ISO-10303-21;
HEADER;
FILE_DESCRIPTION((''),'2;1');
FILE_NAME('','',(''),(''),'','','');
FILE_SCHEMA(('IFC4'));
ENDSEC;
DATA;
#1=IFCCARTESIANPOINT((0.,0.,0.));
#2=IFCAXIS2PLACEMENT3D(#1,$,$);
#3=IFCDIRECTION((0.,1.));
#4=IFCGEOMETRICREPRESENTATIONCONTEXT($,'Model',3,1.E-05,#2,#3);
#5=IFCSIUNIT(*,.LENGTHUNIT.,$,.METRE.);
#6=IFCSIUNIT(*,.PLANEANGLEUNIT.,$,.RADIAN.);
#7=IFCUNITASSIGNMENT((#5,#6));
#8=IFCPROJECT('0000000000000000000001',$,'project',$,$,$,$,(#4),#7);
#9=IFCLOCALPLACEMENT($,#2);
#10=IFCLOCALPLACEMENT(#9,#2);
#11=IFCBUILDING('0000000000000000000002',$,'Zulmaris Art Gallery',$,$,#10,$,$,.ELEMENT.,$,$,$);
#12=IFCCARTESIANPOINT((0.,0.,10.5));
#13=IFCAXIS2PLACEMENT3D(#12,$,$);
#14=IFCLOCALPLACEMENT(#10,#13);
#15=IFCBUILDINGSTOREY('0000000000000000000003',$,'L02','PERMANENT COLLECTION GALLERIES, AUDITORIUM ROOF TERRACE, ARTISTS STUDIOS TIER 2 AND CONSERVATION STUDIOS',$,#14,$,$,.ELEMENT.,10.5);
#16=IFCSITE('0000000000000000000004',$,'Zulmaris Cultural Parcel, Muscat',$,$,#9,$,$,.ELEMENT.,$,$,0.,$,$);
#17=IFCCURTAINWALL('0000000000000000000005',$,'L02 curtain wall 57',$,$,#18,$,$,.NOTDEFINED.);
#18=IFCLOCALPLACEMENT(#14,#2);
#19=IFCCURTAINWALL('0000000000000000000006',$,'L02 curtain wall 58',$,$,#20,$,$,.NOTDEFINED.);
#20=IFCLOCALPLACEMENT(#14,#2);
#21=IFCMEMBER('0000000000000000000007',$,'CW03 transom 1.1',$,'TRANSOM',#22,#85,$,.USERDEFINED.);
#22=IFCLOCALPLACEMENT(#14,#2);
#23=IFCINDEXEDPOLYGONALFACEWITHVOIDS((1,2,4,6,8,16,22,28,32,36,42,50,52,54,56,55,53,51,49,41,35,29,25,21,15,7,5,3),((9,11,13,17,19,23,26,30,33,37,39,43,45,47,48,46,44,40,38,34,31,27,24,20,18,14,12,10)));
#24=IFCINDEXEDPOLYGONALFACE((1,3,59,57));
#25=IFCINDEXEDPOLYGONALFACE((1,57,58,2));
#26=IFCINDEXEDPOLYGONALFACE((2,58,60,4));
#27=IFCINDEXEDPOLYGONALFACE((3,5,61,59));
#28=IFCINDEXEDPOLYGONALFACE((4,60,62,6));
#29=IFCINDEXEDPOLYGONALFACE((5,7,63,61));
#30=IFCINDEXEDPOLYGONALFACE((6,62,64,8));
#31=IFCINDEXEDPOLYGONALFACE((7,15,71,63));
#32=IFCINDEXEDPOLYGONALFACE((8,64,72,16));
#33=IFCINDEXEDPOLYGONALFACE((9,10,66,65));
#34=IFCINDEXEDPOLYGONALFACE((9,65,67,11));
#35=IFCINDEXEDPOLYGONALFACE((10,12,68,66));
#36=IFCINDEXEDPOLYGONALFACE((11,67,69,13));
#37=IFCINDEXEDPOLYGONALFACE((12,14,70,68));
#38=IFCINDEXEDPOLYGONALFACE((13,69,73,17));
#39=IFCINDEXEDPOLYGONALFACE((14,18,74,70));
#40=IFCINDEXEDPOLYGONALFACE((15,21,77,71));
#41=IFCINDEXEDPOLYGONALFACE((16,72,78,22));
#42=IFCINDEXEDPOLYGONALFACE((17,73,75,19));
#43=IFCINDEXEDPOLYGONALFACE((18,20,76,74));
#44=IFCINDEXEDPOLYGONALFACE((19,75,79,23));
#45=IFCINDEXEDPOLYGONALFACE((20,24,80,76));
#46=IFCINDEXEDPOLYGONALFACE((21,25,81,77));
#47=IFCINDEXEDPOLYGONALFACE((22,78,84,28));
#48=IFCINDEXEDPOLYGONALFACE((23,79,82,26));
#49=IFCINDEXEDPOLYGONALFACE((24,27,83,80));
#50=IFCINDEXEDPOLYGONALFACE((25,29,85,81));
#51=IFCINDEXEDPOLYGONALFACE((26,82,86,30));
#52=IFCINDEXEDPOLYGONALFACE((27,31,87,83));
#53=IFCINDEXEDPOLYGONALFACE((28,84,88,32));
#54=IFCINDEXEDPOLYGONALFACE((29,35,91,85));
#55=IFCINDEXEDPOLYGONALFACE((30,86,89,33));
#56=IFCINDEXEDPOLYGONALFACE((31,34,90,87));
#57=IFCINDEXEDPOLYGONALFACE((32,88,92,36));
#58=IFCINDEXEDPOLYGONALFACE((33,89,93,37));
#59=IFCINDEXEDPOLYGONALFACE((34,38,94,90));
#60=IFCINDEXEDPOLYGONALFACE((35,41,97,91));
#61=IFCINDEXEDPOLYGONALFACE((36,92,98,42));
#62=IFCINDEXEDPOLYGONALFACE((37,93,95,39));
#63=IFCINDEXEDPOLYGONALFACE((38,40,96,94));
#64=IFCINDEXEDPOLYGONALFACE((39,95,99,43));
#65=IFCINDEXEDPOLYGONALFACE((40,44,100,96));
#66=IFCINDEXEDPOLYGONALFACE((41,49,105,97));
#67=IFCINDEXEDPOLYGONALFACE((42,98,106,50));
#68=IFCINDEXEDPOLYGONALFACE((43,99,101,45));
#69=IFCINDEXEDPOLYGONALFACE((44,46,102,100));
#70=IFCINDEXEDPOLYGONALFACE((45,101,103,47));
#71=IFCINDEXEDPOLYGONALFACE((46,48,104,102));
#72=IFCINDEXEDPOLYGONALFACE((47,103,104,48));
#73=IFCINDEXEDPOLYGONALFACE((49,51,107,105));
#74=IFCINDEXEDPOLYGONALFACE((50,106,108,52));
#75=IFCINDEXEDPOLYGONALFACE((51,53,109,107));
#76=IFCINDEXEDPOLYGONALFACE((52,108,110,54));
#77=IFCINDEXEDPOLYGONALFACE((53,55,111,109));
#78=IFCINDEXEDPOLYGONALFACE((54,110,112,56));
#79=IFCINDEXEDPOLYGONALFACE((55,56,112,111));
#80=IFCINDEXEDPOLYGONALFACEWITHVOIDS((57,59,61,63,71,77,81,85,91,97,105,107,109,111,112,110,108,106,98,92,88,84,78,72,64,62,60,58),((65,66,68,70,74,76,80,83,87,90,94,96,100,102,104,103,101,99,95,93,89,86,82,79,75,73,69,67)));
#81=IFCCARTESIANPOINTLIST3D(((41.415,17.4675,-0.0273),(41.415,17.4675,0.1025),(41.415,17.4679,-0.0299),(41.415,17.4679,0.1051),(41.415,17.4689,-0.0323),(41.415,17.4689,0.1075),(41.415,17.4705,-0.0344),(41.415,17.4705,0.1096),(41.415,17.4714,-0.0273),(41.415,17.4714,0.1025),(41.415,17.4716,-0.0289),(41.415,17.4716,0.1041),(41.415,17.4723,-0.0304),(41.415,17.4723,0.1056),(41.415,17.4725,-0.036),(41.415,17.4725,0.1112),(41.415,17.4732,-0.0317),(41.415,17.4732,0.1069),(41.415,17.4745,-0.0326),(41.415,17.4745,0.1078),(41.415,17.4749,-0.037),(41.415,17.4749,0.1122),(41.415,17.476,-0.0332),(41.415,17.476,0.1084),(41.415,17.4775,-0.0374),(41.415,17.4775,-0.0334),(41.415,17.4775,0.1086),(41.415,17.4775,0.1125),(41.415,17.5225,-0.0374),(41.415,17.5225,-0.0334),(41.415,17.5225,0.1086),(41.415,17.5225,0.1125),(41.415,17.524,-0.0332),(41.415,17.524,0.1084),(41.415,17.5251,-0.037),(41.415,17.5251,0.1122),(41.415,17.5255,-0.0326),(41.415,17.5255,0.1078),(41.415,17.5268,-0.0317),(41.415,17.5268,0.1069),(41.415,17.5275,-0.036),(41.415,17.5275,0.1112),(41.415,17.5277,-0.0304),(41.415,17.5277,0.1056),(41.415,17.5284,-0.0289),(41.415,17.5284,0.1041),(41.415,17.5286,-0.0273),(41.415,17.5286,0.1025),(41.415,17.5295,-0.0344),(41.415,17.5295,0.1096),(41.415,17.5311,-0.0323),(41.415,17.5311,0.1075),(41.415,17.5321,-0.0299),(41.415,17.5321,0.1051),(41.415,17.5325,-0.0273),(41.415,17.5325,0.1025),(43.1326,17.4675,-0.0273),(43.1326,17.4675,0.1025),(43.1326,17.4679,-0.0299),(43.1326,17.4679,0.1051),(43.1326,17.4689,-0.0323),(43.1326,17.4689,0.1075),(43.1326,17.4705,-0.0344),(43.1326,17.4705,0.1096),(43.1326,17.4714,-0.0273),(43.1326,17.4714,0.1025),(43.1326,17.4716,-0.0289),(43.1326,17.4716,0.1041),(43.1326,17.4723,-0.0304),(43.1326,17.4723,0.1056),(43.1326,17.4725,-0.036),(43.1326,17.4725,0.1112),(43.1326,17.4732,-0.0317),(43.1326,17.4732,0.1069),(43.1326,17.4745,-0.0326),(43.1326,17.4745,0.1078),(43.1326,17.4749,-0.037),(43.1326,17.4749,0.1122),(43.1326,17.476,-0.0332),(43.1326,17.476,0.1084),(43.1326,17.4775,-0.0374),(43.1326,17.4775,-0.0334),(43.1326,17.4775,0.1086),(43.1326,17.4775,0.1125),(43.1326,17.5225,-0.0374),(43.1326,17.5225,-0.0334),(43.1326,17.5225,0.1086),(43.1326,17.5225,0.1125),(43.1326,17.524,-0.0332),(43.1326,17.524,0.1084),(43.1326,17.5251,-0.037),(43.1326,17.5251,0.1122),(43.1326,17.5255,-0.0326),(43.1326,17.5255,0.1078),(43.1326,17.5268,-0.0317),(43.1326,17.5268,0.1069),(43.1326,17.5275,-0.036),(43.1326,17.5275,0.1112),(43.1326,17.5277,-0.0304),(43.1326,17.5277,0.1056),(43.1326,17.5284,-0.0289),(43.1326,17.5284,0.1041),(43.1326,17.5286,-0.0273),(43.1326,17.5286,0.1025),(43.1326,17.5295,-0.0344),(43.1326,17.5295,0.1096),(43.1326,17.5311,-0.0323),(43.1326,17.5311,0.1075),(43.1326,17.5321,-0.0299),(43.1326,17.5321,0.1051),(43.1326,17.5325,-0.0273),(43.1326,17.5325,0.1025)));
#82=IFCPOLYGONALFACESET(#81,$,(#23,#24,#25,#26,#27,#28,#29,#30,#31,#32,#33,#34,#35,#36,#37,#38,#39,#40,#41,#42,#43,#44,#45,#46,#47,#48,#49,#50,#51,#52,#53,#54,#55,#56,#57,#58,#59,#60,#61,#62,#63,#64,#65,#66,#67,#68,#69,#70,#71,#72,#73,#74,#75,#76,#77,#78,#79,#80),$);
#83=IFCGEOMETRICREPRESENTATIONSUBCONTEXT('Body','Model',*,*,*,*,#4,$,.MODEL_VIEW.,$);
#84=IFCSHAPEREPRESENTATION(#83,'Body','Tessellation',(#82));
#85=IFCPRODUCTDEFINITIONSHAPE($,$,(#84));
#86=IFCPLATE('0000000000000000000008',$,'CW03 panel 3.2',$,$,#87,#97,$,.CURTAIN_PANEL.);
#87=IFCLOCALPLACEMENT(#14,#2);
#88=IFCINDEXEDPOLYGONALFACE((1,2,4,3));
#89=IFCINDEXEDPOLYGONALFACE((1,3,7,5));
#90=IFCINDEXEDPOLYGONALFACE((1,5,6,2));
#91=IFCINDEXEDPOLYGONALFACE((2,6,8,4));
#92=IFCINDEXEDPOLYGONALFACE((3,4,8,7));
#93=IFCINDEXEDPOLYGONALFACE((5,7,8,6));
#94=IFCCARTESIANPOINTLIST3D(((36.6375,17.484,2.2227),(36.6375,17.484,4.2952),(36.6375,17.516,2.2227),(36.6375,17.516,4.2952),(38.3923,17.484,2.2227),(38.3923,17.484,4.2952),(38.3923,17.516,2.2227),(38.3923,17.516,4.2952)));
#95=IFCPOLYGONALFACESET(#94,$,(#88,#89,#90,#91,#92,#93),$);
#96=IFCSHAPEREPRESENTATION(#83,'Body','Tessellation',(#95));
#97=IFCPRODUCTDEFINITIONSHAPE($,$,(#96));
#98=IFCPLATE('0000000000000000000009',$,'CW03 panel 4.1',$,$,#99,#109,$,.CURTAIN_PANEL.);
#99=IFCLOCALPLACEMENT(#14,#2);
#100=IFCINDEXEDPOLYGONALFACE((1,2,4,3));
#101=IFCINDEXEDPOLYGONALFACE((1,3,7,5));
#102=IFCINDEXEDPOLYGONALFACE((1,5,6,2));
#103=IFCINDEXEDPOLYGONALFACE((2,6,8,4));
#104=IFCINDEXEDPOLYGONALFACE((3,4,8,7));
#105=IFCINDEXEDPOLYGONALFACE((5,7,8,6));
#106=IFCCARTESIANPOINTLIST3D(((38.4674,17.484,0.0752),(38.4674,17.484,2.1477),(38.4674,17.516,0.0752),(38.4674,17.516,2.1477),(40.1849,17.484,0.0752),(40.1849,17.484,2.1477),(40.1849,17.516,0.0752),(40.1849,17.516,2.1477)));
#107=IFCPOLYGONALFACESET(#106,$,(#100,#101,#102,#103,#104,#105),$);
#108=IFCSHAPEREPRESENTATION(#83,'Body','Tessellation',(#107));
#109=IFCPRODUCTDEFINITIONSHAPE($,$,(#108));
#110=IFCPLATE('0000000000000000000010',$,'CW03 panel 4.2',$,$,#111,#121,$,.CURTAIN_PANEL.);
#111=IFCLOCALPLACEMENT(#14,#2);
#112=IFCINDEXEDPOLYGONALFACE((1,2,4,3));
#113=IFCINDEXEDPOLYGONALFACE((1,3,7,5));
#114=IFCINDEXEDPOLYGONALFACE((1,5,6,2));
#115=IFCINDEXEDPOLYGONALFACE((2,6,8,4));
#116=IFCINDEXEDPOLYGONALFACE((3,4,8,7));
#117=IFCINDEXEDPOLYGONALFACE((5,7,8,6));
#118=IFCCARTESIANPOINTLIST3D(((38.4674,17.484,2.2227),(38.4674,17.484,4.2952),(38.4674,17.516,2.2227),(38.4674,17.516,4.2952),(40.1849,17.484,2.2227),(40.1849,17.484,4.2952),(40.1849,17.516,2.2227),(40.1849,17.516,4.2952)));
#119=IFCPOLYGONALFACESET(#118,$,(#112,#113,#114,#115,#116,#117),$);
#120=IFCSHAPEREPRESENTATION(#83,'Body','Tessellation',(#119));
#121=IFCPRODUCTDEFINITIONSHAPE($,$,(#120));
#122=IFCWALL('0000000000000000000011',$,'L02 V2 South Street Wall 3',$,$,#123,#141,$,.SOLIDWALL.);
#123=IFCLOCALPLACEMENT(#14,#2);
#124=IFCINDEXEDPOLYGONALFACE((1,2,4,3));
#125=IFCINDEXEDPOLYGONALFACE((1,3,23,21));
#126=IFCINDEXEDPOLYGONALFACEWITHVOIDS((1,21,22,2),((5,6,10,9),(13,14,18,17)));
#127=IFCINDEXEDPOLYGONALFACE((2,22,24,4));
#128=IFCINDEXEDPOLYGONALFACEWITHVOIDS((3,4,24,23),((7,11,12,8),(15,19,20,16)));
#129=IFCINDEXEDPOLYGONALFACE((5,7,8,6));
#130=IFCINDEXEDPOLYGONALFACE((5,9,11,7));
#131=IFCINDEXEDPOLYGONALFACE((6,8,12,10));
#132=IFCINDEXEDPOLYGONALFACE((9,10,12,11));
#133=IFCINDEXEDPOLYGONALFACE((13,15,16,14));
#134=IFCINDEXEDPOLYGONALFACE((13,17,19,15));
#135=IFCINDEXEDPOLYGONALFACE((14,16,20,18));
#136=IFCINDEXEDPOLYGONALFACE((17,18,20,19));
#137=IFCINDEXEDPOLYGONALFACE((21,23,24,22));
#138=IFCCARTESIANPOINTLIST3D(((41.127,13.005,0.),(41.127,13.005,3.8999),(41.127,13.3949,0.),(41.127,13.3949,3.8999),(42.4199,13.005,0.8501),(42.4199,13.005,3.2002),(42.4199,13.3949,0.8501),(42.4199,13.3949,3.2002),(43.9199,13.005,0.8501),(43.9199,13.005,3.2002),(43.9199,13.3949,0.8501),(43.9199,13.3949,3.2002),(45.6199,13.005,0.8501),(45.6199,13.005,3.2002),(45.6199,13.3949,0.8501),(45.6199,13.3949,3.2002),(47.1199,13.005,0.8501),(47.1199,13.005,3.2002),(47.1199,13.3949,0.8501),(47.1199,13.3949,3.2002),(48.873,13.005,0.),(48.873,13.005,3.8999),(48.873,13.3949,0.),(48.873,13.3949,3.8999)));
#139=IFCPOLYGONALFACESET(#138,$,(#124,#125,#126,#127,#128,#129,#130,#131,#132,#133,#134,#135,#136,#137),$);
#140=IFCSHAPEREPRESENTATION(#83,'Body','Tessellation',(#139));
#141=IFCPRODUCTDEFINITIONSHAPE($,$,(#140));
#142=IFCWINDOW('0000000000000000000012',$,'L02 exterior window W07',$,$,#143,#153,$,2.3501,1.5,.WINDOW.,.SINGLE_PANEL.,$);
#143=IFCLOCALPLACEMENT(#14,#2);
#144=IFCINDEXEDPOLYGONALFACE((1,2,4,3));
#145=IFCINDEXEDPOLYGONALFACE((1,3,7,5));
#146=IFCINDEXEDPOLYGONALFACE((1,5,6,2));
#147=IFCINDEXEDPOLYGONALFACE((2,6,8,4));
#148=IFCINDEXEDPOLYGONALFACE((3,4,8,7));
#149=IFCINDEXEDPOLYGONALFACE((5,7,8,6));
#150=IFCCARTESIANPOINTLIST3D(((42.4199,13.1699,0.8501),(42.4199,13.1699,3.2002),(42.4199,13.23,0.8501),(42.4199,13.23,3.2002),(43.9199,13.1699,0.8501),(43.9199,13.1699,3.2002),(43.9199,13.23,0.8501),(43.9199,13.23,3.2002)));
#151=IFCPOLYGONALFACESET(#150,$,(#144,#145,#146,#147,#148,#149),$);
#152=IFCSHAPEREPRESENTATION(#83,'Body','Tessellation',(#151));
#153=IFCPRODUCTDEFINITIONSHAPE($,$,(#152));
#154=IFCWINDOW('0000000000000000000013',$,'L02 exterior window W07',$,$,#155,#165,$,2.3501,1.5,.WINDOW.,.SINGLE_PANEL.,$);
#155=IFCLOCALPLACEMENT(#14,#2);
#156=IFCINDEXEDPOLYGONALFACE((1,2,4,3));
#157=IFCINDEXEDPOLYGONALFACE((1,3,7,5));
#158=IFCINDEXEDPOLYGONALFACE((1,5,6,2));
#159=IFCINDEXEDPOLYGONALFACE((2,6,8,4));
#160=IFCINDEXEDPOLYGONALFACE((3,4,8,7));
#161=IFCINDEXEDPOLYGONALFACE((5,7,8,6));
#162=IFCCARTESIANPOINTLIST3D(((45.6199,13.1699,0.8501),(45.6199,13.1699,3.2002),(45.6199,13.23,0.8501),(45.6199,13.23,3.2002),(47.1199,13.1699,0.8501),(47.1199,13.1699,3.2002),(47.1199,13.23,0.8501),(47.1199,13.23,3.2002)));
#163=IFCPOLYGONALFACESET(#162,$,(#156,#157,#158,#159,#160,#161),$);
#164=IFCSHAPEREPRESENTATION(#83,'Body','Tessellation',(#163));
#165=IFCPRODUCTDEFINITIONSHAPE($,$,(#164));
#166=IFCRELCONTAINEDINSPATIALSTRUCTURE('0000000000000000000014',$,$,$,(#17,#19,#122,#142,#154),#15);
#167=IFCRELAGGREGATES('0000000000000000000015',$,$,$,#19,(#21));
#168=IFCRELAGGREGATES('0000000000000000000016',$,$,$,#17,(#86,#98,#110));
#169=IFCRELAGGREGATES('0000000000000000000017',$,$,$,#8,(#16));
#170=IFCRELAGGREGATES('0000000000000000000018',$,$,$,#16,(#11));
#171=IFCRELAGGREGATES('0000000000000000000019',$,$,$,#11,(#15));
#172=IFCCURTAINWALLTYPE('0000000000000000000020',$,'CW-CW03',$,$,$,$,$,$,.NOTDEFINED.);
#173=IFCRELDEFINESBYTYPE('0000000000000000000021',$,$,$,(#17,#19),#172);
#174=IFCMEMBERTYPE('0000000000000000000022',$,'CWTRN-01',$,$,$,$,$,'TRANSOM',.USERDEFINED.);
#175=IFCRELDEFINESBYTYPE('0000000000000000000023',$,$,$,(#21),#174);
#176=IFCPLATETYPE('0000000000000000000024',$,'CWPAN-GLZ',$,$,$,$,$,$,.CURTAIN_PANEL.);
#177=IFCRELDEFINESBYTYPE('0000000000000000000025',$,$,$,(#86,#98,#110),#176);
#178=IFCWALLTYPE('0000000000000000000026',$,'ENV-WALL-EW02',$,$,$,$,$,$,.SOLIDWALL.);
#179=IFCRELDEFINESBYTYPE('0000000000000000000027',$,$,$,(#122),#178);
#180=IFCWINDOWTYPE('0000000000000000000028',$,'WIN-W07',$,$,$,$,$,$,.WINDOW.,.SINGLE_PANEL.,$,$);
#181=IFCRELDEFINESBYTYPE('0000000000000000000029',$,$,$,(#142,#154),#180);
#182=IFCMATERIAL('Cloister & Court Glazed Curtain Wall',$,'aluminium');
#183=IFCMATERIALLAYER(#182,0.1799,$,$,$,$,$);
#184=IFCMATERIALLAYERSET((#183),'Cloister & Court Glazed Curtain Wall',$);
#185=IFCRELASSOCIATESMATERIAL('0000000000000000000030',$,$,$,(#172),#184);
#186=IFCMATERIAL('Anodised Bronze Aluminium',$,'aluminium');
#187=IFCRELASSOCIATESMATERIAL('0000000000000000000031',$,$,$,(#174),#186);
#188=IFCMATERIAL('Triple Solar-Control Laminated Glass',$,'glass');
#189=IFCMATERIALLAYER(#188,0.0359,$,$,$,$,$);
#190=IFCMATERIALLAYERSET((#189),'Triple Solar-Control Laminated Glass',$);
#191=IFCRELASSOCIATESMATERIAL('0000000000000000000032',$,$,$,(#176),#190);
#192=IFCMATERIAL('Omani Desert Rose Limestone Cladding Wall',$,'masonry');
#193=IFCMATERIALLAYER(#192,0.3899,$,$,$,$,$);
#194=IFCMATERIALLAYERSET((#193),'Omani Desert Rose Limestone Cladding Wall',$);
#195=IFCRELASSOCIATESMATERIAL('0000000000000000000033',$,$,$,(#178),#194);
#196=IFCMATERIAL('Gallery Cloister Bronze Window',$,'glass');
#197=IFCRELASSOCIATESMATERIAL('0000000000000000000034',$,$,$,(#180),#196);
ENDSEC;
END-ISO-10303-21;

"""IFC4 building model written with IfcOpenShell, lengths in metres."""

from ifc_helpers import new_model, si_unit, direction, frame, frame_2d, origin, origin_2d, place, context, subcontext, project, spatial, rectangle, hollow_rectangle, extrude, material, layer, layer_set, material_profile, profile_set, type_object, element, fill, aggregate, save


model = new_model("IFC4")

# Units and contexts
model_context = context("Model", 3, precision=1e-05, world=origin(), true_north=direction((0.0, 1.0)))
body_context = subcontext(model_context, "Body", "Model", "MODEL_VIEW")
ifc_project = project(units=[si_unit("LENGTHUNIT", "METRE"), si_unit("PLANEANGLEUNIT", "RADIAN")], contexts=[model_context])

# Site, building, storey
site_placement = place(None, origin())
site = spatial("IfcSite", under=ifc_project, at=site_placement, Name="Zulmaris Cultural Parcel, Muscat", CompositionType="ELEMENT", RefElevation=0.0)
building_placement = place(site_placement, origin())
building = spatial("IfcBuilding", under=site, at=building_placement, Name="Zulmaris Art Gallery", CompositionType="ELEMENT")
storey_placement = place(building_placement, frame((0.0, 0.0, 10.5)))
storey = spatial("IfcBuildingStorey", under=building, at=storey_placement, Name="L02", Description="PERMANENT COLLECTION GALLERIES, AUDITORIUM ROOF TERRACE, ARTISTS STUDIOS TIER 2 AND CONSERVATION STUDIOS", CompositionType="ELEMENT", Elevation=10.5)

# Curtain wall
ifc_material_1 = material(Name="Cloister & Court Glazed Curtain Wall", Category="aluminium")
ifc_layer_1 = layer(ifc_material_1, 0.1799)
ifc_layer_set_1 = layer_set([ifc_layer_1], Name="Cloister & Court Glazed Curtain Wall")
curtain_wall_type = type_object("IfcCurtainWallType", Name="CW-CW03", PredefinedType="NOTDEFINED", material=ifc_layer_set_1)
curtain_wall_1_placement = place(storey_placement, origin())
curtain_wall_1 = element("IfcCurtainWall", 1, at=curtain_wall_1_placement, inside=storey, type_object=curtain_wall_type, Name="L02 curtain wall 57", PredefinedType="NOTDEFINED")
ifc_material_2 = material(Name="Anodised Bronze Aluminium", Category="aluminium")

# Curtain wall
curtain_wall_2_placement = place(storey_placement, origin())
curtain_wall_2 = element("IfcCurtainWall", 2, at=curtain_wall_2_placement, inside=storey, type_object=curtain_wall_type, Name="L02 curtain wall 58", PredefinedType="NOTDEFINED")

# Member
ifc_material_profile_1 = material_profile(ifc_material_2, hollow_rectangle(XDim=0.0649, YDim=0.1499, WallThickness=0.0039, InnerFilletRadius=0.0061, OuterFilletRadius=0.01, at=origin_2d()), Name="ALU 65x150x4")
ifc_profile_set_1 = profile_set([ifc_material_profile_1], Name="Anodised Bronze Aluminium")
member_type_1 = type_object("IfcMemberType", Name="CWTRN-01", ElementType="TRANSOM", PredefinedType="USERDEFINED", material=ifc_profile_set_1)
member_1_placement = place(storey_placement, frame((41.415, 17.5, 0.0376), z_axis=(1.0, 0.0, 0.0), x_axis=(0.0, 1.0, 0.0)))
member_1 = element("IfcMember", 3, at=member_1_placement, type_object=member_type_1, Name="CW03 transom 1.1", ObjectType="TRANSOM", PredefinedType="USERDEFINED", context=body_context, shape_type="SweptSolid", body=[
    extrude(hollow_rectangle(XDim=0.0649, YDim=0.1499, WallThickness=0.0039, InnerFilletRadius=0.0061, OuterFilletRadius=0.01, at=origin_2d()), origin(), (0.0, 0.0, 1.0), 1.7175),
])
aggregate(curtain_wall_2, [member_1])

# Plates
ifc_material_3 = material(Name="Triple Solar-Control Laminated Glass", Category="glass")
ifc_layer_2 = layer(ifc_material_3, 0.0359)
ifc_layer_set_2 = layer_set([ifc_layer_2], Name="Triple Solar-Control Laminated Glass")
plate_type = type_object("IfcPlateType", Name="CWPAN-GLZ", PredefinedType="CURTAIN_PANEL", material=ifc_layer_set_2)
plate_1_placement = place(storey_placement, frame((37.5149, 17.5, 2.2227), z_axis=(0.0, 0.0, 1.0), x_axis=(1.0, 0.0, 0.0)))
plate_1 = element("IfcPlate", 4, at=plate_1_placement, type_object=plate_type, Name="CW03 panel 3.2", PredefinedType="CURTAIN_PANEL", context=body_context, shape_type="SweptSolid", body=[
    extrude(rectangle(XDim=1.7549, YDim=0.032, at=origin_2d()), origin(), (0.0, 0.0, 1.0), 2.0725),
])
plate_2_placement = place(storey_placement, frame((39.3262, 17.5, 0.0752), z_axis=(0.0, 0.0, 1.0), x_axis=(1.0, 0.0, 0.0)))
plate_2 = element("IfcPlate", 5, at=plate_2_placement, type_object=plate_type, Name="CW03 panel 4.1", PredefinedType="CURTAIN_PANEL", context=body_context, shape_type="SweptSolid", body=[
    extrude(rectangle(XDim=1.7175, YDim=0.032, at=origin_2d()), origin(), (0.0, 0.0, 1.0), 2.0725),
])
plate_3_placement = place(storey_placement, frame((39.3262, 17.5, 2.2227), z_axis=(0.0, 0.0, 1.0), x_axis=(1.0, 0.0, 0.0)))
plate_3 = element("IfcPlate", 6, at=plate_3_placement, type_object=plate_type, Name="CW03 panel 4.2", PredefinedType="CURTAIN_PANEL", context=body_context, shape_type="SweptSolid", body=[
    extrude(rectangle(XDim=1.7175, YDim=0.032, at=origin_2d()), origin(), (0.0, 0.0, 1.0), 2.0725),
])
aggregate(curtain_wall_1, [plate_1, plate_2, plate_3])

# Wall, openings, windows
ifc_material_4 = material(Name="Omani Desert Rose Limestone Cladding Wall", Category="masonry")
ifc_layer_3 = layer(ifc_material_4, 0.3899)
ifc_layer_set_3 = layer_set([ifc_layer_3], Name="Omani Desert Rose Limestone Cladding Wall")
wall_type = type_object("IfcWallType", Name="ENV-WALL-EW02", PredefinedType="SOLIDWALL", material=ifc_layer_set_3)
wall_placement = place(storey_placement, frame((41.127, 13.2, 0.0), z_axis=(0.0, 0.0, 1.0), x_axis=(1.0, 0.0, 0.0)))
wall = element("IfcWall", 7, at=wall_placement, inside=storey, type_object=wall_type, Name="L02 V2 South Street Wall 3", PredefinedType="SOLIDWALL", context=body_context, shape_type="SweptSolid", body=[
    extrude(rectangle(XDim=7.7461, YDim=0.3899, at=frame_2d((3.873, 0.0))), origin(), (0.0, 0.0, 1.0), 3.8999),
])
opening_1_placement = place(wall_placement, frame((1.293, 0.0, 0.8501)))
opening_1 = element("IfcOpeningElement", 8, at=opening_1_placement, cuts=wall, PredefinedType="OPENING", context=body_context, shape_type="SweptSolid", body=[
    extrude(rectangle(XDim=1.5, YDim=2.3501, at=frame_2d((0.75, 1.175))), frame((0.0, 0.2048, 0.0), z_axis=(0.0, -1.0, 0.0), x_axis=(1.0, 0.0, 0.0)), (0.0, 0.0, 1.0), 0.4099),
])
opening_2_placement = place(wall_placement, frame((4.4929, 0.0, 0.8501)))
opening_2 = element("IfcOpeningElement", 9, at=opening_2_placement, cuts=wall, PredefinedType="OPENING", context=body_context, shape_type="SweptSolid", body=[
    extrude(rectangle(XDim=1.5, YDim=2.3501, at=frame_2d((0.75, 1.175))), frame((0.0, 0.2048, 0.0), z_axis=(0.0, -1.0, 0.0), x_axis=(1.0, 0.0, 0.0)), (0.0, 0.0, 1.0), 0.4099),
])
ifc_material_5 = material(Name="Gallery Cloister Bronze Window", Category="glass")
window_type = type_object("IfcWindowType", Name="WIN-W07", PartitioningType="SINGLE_PANEL", PredefinedType="WINDOW", material=ifc_material_5)
window_1_placement = place(opening_1_placement, origin())
window_1 = element("IfcWindow", 10, at=window_1_placement, inside=storey, type_object=window_type, Name="L02 exterior window W07", OverallHeight=2.3501, OverallWidth=1.5, PartitioningType="SINGLE_PANEL", PredefinedType="WINDOW", context=body_context, shape_type="SweptSolid", body=[
    extrude(rectangle(XDim=1.5, YDim=2.3501, at=frame_2d((0.75, 1.175))), frame((0.0, 0.03, 0.0), z_axis=(0.0, -1.0, 0.0), x_axis=(1.0, 0.0, 0.0)), (0.0, 0.0, 1.0), 0.0601),
])
fill(opening_1, window_1)
window_2_placement = place(opening_2_placement, origin())
window_2 = element("IfcWindow", 11, at=window_2_placement, inside=storey, type_object=window_type, Name="L02 exterior window W07", OverallHeight=2.3501, OverallWidth=1.5, PartitioningType="SINGLE_PANEL", PredefinedType="WINDOW", context=body_context, shape_type="SweptSolid", body=[
    extrude(rectangle(XDim=1.5, YDim=2.3501, at=frame_2d((0.75, 1.175))), frame((0.0, 0.03, 0.0), z_axis=(0.0, -1.0, 0.0), x_axis=(1.0, 0.0, 0.0)), (0.0, 0.0, 1.0), 0.0601),
])
fill(opening_2, window_2)

save(model, "model.ifc")
